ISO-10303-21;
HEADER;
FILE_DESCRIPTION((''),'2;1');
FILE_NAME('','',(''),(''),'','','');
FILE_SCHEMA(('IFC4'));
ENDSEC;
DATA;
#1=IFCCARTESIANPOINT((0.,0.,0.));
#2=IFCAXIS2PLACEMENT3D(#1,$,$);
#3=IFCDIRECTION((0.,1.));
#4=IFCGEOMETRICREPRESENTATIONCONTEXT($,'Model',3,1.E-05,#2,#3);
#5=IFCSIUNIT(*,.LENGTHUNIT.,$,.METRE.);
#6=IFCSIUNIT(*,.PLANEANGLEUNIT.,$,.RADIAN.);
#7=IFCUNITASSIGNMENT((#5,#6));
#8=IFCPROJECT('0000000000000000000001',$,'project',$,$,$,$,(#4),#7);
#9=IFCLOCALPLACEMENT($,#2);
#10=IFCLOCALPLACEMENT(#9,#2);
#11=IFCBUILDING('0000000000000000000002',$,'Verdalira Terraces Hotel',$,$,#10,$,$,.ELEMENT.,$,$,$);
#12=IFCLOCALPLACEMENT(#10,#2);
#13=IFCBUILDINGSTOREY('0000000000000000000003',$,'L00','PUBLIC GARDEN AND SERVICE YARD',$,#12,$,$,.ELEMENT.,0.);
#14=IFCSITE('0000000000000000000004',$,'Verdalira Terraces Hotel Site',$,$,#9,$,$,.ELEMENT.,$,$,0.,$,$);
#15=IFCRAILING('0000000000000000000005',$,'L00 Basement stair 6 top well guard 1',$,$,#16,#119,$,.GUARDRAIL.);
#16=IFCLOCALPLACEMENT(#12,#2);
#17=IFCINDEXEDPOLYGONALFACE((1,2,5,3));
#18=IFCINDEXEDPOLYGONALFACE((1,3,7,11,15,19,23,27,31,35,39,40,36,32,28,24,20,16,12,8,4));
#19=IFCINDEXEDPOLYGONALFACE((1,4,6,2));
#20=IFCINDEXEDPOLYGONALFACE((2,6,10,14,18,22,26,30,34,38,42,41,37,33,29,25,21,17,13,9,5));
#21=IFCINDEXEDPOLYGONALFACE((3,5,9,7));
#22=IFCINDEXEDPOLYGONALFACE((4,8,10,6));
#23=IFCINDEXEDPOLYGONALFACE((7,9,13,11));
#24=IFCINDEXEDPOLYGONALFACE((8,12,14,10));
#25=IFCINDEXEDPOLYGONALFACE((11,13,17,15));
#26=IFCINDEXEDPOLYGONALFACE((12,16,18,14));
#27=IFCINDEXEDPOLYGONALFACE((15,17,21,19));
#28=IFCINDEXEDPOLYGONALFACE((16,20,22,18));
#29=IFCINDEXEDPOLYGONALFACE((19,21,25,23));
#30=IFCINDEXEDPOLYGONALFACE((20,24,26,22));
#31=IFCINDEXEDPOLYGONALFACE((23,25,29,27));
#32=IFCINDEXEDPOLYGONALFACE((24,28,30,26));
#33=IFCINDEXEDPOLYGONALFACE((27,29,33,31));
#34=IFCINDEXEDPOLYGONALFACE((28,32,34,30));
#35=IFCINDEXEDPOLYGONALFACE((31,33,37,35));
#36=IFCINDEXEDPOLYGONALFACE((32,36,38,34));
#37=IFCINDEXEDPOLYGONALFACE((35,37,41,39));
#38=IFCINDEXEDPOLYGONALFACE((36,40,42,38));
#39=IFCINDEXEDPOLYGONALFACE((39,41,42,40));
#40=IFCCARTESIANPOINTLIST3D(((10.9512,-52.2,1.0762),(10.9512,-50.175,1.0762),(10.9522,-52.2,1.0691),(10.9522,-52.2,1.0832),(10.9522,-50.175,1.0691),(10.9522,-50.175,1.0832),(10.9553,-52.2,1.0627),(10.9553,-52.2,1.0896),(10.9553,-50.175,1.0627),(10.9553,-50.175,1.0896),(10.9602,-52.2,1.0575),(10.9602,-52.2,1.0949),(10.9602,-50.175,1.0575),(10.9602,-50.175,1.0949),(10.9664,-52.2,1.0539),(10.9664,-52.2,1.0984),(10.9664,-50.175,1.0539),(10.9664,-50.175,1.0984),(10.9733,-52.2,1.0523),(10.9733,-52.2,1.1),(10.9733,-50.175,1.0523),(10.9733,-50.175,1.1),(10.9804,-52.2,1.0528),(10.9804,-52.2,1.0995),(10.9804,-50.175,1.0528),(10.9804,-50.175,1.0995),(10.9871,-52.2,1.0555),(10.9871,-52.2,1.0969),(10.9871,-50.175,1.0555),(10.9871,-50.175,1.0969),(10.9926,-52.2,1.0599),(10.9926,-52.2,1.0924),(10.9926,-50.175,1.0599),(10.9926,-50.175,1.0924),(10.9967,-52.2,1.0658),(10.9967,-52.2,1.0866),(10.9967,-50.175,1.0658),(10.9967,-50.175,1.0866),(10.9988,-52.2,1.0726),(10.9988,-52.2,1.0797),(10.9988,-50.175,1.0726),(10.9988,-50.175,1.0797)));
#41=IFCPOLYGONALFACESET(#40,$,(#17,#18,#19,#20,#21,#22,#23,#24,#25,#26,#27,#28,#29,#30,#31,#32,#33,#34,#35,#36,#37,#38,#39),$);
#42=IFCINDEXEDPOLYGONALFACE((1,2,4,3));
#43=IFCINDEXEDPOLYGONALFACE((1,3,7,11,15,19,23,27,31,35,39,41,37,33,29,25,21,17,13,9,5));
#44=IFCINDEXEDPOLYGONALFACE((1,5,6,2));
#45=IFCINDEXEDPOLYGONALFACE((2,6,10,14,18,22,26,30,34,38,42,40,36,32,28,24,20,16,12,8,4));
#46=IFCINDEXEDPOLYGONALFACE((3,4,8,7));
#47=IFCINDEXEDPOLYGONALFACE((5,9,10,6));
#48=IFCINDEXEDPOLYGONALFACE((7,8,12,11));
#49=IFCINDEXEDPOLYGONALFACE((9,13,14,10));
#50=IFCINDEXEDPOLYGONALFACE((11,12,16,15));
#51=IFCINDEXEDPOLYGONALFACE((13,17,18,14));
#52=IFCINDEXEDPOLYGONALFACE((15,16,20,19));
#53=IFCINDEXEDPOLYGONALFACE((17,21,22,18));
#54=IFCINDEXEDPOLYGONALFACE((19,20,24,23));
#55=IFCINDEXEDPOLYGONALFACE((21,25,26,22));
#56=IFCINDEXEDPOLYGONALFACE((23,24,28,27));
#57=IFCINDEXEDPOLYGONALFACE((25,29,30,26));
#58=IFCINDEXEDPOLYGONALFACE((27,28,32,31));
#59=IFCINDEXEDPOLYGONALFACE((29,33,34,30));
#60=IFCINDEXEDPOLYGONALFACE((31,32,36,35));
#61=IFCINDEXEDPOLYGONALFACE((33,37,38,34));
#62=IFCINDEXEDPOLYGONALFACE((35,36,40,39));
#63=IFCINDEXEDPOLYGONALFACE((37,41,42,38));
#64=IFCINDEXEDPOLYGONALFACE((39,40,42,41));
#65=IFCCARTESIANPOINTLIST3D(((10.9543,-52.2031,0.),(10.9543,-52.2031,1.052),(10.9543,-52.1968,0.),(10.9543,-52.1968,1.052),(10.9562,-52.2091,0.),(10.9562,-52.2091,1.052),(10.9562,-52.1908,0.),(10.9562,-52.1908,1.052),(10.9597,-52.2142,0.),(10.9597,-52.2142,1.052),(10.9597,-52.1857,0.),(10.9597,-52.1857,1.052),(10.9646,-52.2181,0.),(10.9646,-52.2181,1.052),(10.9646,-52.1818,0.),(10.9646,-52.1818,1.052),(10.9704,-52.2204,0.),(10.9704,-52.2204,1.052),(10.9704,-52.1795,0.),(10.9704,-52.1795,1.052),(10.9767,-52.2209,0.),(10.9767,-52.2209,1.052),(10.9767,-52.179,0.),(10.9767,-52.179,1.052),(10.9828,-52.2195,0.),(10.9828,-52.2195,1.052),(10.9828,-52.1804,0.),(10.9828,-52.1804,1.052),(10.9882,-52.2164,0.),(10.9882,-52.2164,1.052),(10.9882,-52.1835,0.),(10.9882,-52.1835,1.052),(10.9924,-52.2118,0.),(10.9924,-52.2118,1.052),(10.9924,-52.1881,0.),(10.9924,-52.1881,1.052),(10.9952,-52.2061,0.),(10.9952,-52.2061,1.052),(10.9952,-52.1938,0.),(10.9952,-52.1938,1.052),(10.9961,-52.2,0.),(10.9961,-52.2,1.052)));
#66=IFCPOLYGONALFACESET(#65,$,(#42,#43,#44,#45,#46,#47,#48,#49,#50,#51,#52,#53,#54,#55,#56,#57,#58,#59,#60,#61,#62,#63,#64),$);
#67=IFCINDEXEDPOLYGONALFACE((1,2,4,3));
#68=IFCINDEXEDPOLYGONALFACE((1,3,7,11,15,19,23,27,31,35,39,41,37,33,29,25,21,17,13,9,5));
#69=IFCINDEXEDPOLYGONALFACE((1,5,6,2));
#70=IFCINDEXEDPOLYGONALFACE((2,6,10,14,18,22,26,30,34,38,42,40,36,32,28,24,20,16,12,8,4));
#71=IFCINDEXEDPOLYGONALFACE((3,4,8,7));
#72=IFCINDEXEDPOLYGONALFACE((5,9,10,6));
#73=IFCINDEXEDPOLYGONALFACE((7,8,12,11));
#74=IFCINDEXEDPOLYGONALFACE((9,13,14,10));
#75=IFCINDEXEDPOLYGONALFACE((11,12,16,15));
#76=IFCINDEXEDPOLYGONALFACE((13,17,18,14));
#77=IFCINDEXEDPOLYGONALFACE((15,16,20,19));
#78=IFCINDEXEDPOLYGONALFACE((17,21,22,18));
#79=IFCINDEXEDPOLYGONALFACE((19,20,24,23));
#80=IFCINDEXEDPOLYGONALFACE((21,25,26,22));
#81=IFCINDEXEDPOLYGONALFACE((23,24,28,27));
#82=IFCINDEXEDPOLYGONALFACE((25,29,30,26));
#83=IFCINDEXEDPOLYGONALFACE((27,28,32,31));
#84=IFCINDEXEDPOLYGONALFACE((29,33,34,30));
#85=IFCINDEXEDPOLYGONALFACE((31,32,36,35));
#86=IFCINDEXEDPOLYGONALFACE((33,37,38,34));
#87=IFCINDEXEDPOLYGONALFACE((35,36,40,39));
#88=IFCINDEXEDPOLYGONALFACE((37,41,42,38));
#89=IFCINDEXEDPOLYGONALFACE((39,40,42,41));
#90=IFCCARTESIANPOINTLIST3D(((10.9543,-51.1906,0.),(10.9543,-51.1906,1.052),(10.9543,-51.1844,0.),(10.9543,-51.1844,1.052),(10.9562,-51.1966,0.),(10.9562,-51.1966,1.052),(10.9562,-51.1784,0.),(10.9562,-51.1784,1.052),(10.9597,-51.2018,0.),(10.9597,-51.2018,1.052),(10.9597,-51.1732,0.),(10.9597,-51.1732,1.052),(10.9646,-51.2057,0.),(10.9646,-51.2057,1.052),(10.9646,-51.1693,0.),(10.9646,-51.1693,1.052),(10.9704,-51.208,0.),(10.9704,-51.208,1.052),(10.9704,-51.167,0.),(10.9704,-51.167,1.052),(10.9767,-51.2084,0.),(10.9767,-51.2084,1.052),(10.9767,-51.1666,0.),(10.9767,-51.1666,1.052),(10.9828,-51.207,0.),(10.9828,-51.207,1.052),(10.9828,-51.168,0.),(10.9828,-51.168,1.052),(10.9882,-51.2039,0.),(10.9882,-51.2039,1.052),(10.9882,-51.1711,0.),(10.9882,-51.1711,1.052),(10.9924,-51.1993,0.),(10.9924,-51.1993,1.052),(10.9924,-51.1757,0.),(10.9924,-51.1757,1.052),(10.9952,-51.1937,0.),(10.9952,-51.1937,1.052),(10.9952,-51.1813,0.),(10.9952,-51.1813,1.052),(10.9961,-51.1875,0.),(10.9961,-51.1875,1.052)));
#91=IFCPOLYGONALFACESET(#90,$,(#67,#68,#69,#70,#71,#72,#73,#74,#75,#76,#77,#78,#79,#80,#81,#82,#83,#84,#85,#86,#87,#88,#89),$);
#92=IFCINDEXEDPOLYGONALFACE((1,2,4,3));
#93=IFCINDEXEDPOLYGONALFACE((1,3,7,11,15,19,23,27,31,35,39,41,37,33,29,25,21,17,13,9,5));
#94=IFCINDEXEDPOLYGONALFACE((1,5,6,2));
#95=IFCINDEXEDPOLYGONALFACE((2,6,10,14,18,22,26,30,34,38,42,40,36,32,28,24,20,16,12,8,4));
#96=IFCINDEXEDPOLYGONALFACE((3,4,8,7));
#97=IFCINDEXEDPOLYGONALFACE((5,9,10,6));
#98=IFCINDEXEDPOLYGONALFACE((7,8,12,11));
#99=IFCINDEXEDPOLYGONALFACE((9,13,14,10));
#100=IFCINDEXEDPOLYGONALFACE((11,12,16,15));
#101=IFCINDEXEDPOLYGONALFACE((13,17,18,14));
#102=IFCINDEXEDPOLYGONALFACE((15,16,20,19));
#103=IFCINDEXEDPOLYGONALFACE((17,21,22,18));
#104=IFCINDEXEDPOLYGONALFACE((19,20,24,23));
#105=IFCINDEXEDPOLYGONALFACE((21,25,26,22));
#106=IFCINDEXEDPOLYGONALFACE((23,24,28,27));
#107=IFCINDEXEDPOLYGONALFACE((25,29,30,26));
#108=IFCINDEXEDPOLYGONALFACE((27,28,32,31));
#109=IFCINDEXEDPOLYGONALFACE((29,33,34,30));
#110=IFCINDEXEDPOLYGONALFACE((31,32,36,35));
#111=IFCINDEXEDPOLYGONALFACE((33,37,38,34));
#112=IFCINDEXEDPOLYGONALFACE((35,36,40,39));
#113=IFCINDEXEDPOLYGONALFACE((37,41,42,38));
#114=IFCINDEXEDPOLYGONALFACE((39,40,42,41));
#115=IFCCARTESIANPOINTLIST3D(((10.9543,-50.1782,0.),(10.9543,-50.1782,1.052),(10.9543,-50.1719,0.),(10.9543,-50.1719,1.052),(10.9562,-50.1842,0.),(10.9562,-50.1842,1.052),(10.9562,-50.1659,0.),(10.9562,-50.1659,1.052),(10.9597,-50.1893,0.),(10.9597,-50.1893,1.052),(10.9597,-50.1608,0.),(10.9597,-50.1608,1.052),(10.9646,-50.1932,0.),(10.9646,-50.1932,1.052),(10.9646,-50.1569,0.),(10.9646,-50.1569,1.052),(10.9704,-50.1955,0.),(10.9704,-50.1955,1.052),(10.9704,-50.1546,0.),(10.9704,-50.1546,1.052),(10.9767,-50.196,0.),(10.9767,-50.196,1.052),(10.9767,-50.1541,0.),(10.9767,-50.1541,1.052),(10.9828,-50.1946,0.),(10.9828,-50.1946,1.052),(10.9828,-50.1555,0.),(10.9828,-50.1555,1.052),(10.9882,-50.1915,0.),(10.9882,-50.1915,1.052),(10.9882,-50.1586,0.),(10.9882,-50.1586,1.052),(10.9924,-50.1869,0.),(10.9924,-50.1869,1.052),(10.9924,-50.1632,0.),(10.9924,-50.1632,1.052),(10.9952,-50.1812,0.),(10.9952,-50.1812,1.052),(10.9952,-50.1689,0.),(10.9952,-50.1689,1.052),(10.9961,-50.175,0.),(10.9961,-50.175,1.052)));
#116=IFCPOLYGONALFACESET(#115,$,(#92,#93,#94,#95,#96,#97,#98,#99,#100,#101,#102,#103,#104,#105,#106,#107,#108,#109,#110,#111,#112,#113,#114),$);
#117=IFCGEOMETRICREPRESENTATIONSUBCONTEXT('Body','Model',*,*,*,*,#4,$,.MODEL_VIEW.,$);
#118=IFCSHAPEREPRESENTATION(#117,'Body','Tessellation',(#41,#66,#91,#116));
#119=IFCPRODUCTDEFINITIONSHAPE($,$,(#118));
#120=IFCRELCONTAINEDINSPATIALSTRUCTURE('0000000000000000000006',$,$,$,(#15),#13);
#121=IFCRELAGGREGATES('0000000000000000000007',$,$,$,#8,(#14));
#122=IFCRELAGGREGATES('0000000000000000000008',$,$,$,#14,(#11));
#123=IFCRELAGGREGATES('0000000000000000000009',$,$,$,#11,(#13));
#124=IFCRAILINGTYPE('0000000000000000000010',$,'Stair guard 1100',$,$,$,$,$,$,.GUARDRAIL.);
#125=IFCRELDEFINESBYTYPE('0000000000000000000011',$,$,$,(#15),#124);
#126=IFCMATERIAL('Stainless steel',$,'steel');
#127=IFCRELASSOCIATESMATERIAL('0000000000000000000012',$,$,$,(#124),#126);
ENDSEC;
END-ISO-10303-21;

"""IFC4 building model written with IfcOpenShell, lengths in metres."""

from ifc_helpers import new_model, si_unit, direction, frame, origin, origin_2d, place, context, subcontext, project, spatial, circle, extrude, material, type_object, element, save


model = new_model("IFC4")

# Units and contexts
model_context = context("Model", 3, precision=1e-05, world=origin(), true_north=direction((0.0, 1.0)))
body_context = subcontext(model_context, "Body", "Model", "MODEL_VIEW")
ifc_project = project(units=[si_unit("LENGTHUNIT", "METRE"), si_unit("PLANEANGLEUNIT", "RADIAN")], contexts=[model_context])

# Site, building, storey
site_placement = place(None, origin())
site = spatial("IfcSite", under=ifc_project, at=site_placement, Name="Verdalira Terraces Hotel Site", CompositionType="ELEMENT", RefElevation=0.0)
building_placement = place(site_placement, origin())
building = spatial("IfcBuilding", under=site, at=building_placement, Name="Verdalira Terraces Hotel", CompositionType="ELEMENT")
storey_placement = place(building_placement, origin())
storey = spatial("IfcBuildingStorey", under=building, at=storey_placement, Name="L00", Description="PUBLIC GARDEN AND SERVICE YARD", CompositionType="ELEMENT", Elevation=0.0)

# Railing
ifc_material_1 = material(Name="Stainless steel", Category="steel")
railing_type = type_object("IfcRailingType", Name="Stair guard 1100", PredefinedType="GUARDRAIL", material=ifc_material_1)
railing_placement = place(storey_placement, frame((10.9751, -52.2, 0.0)))
element("IfcRailing", 1, at=railing_placement, inside=storey, type_object=railing_type, Name="L00 Basement stair 6 top well guard 1", PredefinedType="GUARDRAIL", context=body_context, shape_type="SweptSolid", body=[
    extrude(circle(Radius=0.0239, at=origin_2d()), frame((0.0, 0.0, 1.0762), z_axis=(0.0, 1.0, 0.0), x_axis=(-1.0, 0.0, 0.0)), (0.0, 0.0, 1.0), 2.0249),
    extrude(circle(Radius=0.021, at=origin_2d()), origin(), (0.0, 0.0, 1.0), 1.052),
    extrude(circle(Radius=0.021, at=origin_2d()), frame((0.0, 1.0125, 0.0)), (0.0, 0.0, 1.0), 1.052),
    extrude(circle(Radius=0.021, at=origin_2d()), frame((0.0, 2.0249, 0.0)), (0.0, 0.0, 1.0), 1.052),
])

save(model, "model.ifc")
